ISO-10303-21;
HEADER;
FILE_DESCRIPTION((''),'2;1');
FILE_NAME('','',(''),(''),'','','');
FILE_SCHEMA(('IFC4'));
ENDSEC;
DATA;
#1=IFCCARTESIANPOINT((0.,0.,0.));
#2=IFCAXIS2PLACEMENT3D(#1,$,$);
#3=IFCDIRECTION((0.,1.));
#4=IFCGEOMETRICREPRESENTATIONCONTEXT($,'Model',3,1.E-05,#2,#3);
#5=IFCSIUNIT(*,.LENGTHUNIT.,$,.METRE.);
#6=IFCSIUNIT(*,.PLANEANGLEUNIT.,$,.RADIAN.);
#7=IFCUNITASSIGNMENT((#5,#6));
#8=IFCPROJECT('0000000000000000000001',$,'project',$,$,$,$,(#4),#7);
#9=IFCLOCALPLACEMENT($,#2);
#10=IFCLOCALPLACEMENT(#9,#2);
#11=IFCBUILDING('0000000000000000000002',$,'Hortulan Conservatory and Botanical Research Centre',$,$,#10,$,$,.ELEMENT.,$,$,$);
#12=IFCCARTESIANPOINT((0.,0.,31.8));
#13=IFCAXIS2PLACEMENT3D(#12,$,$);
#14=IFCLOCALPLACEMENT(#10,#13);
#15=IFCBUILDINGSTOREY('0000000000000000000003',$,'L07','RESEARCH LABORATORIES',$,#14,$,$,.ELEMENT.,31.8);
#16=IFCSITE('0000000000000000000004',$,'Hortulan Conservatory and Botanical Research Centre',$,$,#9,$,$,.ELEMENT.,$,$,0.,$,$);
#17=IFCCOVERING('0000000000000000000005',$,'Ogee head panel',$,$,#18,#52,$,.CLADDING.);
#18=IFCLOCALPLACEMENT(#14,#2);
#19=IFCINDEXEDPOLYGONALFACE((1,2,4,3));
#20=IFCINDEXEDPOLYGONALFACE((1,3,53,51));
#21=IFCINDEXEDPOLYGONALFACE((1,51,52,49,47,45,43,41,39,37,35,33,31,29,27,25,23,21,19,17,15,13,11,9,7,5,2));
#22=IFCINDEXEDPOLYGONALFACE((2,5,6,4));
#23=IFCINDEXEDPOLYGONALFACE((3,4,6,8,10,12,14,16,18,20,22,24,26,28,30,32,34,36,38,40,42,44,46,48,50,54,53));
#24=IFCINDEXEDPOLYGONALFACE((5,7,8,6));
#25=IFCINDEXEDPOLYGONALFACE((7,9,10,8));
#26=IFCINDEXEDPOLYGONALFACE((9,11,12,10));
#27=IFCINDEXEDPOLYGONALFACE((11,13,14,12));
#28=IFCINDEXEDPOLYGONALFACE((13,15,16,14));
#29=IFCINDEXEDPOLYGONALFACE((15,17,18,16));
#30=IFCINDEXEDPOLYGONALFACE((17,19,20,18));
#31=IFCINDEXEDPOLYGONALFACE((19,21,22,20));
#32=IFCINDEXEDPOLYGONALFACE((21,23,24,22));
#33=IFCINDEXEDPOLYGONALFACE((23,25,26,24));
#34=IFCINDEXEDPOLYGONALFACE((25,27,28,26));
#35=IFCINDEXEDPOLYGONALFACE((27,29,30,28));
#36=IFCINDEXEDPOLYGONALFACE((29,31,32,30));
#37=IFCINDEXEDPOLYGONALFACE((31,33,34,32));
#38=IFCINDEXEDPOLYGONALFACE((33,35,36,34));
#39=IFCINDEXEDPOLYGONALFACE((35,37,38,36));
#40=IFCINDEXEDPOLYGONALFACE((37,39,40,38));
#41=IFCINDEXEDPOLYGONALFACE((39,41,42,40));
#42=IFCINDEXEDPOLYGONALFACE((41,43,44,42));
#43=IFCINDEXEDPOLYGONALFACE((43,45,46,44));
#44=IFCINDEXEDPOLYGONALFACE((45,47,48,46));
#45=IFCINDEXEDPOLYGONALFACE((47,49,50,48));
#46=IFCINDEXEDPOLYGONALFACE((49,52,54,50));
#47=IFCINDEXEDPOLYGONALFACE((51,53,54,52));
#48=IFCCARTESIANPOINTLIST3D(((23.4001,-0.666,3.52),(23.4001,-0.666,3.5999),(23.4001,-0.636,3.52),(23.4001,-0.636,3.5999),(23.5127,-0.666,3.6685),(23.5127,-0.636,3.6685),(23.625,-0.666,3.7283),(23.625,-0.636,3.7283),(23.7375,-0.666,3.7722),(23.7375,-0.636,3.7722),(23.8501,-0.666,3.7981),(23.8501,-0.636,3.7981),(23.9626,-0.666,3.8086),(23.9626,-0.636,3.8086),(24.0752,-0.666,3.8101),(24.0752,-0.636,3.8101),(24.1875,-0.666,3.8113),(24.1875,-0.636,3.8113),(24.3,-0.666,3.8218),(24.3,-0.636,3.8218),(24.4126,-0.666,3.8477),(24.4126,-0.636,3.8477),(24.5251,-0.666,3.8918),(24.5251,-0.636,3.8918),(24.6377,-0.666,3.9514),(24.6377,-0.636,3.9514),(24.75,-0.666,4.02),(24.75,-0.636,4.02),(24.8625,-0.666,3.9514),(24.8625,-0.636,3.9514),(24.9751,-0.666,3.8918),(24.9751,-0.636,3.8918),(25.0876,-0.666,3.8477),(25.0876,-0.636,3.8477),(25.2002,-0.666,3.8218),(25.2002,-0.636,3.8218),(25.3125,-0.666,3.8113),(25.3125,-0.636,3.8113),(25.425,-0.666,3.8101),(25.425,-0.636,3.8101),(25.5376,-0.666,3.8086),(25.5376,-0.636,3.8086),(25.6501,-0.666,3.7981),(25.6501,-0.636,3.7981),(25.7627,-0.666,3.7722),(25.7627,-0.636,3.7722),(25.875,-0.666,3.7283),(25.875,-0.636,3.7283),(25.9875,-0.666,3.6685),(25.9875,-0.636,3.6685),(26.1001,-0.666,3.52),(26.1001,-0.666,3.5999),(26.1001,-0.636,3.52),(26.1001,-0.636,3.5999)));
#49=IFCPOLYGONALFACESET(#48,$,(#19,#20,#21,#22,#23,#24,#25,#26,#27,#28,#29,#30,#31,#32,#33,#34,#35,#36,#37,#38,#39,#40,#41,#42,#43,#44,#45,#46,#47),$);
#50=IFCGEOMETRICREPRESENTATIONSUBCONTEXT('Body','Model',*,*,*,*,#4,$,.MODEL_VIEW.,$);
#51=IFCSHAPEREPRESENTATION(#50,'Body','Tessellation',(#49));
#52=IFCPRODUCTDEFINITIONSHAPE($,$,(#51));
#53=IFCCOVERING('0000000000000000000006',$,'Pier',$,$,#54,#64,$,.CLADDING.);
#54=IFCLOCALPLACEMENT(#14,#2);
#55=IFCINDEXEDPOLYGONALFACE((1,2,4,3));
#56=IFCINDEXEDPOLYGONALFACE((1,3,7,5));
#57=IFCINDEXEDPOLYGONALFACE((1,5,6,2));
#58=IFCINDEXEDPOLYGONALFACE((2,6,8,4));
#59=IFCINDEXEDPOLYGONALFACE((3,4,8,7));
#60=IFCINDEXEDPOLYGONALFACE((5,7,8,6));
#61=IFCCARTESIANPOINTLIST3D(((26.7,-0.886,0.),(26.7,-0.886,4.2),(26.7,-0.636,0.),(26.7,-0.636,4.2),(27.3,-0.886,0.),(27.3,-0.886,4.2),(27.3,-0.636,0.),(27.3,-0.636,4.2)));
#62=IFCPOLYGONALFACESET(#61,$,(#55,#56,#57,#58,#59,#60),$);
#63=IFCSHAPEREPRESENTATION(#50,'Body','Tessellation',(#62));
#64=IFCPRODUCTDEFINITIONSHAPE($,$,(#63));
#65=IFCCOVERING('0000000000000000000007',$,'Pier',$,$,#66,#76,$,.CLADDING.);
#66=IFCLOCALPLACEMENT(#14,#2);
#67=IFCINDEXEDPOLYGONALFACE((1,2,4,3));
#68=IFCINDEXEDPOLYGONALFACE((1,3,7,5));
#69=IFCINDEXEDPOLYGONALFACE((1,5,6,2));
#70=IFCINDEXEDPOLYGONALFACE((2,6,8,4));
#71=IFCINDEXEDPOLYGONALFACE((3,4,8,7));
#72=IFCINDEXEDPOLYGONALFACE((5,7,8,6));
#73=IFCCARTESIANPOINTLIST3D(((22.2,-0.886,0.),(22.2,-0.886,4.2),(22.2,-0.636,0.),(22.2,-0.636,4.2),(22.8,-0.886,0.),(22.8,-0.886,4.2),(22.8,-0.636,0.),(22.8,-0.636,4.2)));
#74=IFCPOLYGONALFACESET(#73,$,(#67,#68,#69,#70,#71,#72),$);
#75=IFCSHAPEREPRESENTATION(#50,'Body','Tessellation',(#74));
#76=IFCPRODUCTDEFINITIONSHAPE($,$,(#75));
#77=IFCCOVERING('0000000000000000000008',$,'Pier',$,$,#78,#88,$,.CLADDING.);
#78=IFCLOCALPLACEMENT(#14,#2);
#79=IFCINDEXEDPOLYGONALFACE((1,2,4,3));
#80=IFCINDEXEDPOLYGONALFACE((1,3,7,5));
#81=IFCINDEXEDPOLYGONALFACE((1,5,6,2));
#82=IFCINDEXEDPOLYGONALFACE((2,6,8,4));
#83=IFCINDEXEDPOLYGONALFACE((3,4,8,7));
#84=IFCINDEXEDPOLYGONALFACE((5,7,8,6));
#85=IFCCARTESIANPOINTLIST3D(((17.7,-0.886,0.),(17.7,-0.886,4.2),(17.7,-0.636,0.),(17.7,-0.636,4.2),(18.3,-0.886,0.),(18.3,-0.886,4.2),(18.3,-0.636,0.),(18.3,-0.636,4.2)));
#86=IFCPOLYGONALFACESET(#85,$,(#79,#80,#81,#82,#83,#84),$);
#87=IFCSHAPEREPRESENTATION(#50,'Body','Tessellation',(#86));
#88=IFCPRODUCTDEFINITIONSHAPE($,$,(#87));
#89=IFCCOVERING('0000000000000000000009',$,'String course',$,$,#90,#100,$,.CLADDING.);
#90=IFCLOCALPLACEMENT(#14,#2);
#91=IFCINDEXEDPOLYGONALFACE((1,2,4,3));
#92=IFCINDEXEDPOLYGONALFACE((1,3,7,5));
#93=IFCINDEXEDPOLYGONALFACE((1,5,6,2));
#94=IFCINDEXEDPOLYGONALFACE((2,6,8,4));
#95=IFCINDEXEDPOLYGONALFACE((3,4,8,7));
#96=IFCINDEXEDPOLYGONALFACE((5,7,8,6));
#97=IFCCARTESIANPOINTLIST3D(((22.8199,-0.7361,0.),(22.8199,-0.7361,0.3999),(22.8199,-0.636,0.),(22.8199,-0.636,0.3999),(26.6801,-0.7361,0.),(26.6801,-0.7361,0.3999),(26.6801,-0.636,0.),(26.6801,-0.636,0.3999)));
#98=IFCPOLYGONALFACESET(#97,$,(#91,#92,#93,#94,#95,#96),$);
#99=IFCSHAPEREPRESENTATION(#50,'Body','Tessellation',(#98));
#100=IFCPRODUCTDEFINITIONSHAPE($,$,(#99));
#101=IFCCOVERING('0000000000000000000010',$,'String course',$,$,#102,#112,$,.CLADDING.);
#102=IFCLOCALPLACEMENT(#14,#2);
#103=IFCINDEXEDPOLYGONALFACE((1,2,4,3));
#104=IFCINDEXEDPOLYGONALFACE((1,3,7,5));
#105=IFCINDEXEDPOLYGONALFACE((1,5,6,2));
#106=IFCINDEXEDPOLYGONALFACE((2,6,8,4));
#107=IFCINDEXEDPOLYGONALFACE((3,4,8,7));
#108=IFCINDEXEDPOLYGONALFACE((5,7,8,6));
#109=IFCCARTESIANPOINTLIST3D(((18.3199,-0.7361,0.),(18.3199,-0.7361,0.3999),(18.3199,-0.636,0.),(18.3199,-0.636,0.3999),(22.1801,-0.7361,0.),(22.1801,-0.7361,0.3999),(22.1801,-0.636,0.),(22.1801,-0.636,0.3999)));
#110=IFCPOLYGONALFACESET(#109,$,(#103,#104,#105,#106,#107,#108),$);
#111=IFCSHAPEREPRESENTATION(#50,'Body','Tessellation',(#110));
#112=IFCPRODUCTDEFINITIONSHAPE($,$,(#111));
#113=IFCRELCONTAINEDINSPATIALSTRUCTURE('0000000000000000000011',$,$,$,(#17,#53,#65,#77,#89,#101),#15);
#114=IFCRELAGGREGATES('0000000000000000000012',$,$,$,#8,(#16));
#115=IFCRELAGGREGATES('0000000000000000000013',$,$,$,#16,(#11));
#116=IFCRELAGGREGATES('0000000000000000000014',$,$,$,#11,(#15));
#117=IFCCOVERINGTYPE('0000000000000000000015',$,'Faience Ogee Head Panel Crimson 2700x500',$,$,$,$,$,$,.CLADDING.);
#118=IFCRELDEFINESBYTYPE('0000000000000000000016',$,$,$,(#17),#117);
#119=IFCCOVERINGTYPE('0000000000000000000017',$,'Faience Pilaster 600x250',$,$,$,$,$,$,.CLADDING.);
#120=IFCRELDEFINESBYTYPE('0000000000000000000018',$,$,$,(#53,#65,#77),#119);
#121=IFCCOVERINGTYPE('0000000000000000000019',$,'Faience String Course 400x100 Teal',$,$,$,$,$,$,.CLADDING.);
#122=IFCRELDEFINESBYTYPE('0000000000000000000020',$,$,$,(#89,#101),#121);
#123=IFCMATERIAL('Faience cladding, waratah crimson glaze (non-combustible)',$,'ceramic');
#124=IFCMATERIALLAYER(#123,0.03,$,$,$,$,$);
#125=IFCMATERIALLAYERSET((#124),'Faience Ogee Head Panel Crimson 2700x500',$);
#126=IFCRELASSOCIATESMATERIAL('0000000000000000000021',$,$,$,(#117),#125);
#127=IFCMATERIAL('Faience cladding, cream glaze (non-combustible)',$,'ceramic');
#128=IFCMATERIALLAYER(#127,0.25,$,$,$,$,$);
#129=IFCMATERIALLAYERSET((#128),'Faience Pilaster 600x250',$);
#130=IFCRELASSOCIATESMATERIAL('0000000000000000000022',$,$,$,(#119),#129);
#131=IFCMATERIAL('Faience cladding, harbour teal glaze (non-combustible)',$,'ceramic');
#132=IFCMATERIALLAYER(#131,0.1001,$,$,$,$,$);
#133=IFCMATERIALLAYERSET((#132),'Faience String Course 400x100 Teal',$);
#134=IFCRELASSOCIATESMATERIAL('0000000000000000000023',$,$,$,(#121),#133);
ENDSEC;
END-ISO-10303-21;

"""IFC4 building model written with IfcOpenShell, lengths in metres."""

from ifc_helpers import new_model, si_unit, direction, frame, origin, origin_2d, place, context, subcontext, project, spatial, polyline, rectangle, outline, extrude, material, layer, layer_set, type_object, element, save


model = new_model("IFC4")

# Units and contexts
model_context = context("Model", 3, precision=1e-05, world=origin(), true_north=direction((0.0, 1.0)))
body_context = subcontext(model_context, "Body", "Model", "MODEL_VIEW")
ifc_project = project(units=[si_unit("LENGTHUNIT", "METRE"), si_unit("PLANEANGLEUNIT", "RADIAN")], contexts=[model_context])

# Site, building, storey
site_placement = place(None, origin())
site = spatial("IfcSite", under=ifc_project, at=site_placement, Name="Hortulan Conservatory and Botanical Research Centre", CompositionType="ELEMENT", RefElevation=0.0)
building_placement = place(site_placement, origin())
building = spatial("IfcBuilding", under=site, at=building_placement, Name="Hortulan Conservatory and Botanical Research Centre", CompositionType="ELEMENT")
storey_placement = place(building_placement, frame((0.0, 0.0, 31.8)))
storey = spatial("IfcBuildingStorey", under=building, at=storey_placement, Name="L07", Description="RESEARCH LABORATORIES", CompositionType="ELEMENT", Elevation=31.8)

# Coverings
ifc_material_1 = material(Name="Faience cladding, cream glaze (non-combustible)", Category="ceramic")
ifc_material_2 = material(Name="Faience cladding, waratah crimson glaze (non-combustible)", Category="ceramic")
ifc_layer_1 = layer(ifc_material_2, 0.03)
ifc_layer_set_1 = layer_set([ifc_layer_1], Name="Faience Ogee Head Panel Crimson 2700x500")
covering_type_1 = type_object("IfcCoveringType", Name="Faience Ogee Head Panel Crimson 2700x500", PredefinedType="CLADDING", material=ifc_layer_set_1)
covering_placement = place(storey_placement, frame((26.1001, -0.6509, 3.52), z_axis=(0.0, 0.0, 1.0), x_axis=(-1.0, 0.0, 0.0)))
element("IfcCovering", 1, at=covering_placement, inside=storey, type_object=covering_type_1, Name="Ogee head panel", PredefinedType="CLADDING", context=body_context, shape_type="SweptSolid", body=[
    extrude(outline(polyline([(0.0, 0.0), (2.7, 0.0), (2.7, 0.0798), (2.5874, 0.1484), (2.4751, 0.2083), (2.3625, 0.2522), (2.25, 0.2781), (2.1375, 0.2886), (2.0249, 0.29), (1.9126, 0.2913), (1.8, 0.3018), (1.6875, 0.3276), (1.575, 0.3718), (1.4624, 0.4314), (1.3501, 0.5), (1.2375, 0.4314), (1.125, 0.3718), (1.0125, 0.3276), (0.8999, 0.3018), (0.7876, 0.2913), (0.675, 0.29), (0.5625, 0.2886), (0.45, 0.2781), (0.3374, 0.2522), (0.2251, 0.2083), (0.1125, 0.1484), (0.0, 0.0798), (0.0, 0.0)])), frame((0.0, 0.0151, 0.0), z_axis=(0.0, -1.0, 0.0), x_axis=(1.0, 0.0, 0.0)), (0.0, 0.0, 1.0), 0.03),
])
ifc_layer_2 = layer(ifc_material_1, 0.25)
ifc_layer_set_2 = layer_set([ifc_layer_2], Name="Faience Pilaster 600x250")
covering_type_2 = type_object("IfcCoveringType", Name="Faience Pilaster 600x250", PredefinedType="CLADDING", material=ifc_layer_set_2)
for number, where, z_axis, x_axis, name in (
    (2, (27.0, -0.761, 0.0), (0.0, 0.0, 1.0), (-1.0, 0.0, 0.0), "Pier"),
    (3, (22.5, -0.761, 0.0), (0.0, 0.0, 1.0), (-1.0, 0.0, 0.0), "Pier"),
    (4, (18.0, -0.761, 0.0), (0.0, 0.0, 1.0), (-1.0, 0.0, 0.0), "Pier"),
):
    element("IfcCovering", number, at=place(storey_placement, frame(where, z_axis=z_axis, x_axis=x_axis)), inside=storey, type_object=covering_type_2, Name=name, PredefinedType="CLADDING", context=body_context, shape_type="SweptSolid", body=[
        extrude(rectangle(XDim=0.6001, YDim=0.25, at=origin_2d()), origin(), (0.0, 0.0, 1.0), 4.2),
    ])
ifc_material_3 = material(Name="Faience cladding, harbour teal glaze (non-combustible)", Category="ceramic")
ifc_layer_3 = layer(ifc_material_3, 0.1001)
ifc_layer_set_3 = layer_set([ifc_layer_3], Name="Faience String Course 400x100 Teal")
covering_type_3 = type_object("IfcCoveringType", Name="Faience String Course 400x100 Teal", PredefinedType="CLADDING", material=ifc_layer_set_3)
for number, where, z_axis, x_axis, name in (
    (5, (24.75, -0.686, 0.0), (0.0, 0.0, 1.0), (-1.0, 0.0, 0.0), "String course"),
    (6, (20.25, -0.686, 0.0), (0.0, 0.0, 1.0), (-1.0, 0.0, 0.0), "String course"),
):
    element("IfcCovering", number, at=place(storey_placement, frame(where, z_axis=z_axis, x_axis=x_axis)), inside=storey, type_object=covering_type_3, Name=name, PredefinedType="CLADDING", context=body_context, shape_type="SweptSolid", body=[
        extrude(rectangle(XDim=3.8601, YDim=0.1001, at=origin_2d()), origin(), (0.0, 0.0, 1.0), 0.3999),
    ])

save(model, "model.ifc")
